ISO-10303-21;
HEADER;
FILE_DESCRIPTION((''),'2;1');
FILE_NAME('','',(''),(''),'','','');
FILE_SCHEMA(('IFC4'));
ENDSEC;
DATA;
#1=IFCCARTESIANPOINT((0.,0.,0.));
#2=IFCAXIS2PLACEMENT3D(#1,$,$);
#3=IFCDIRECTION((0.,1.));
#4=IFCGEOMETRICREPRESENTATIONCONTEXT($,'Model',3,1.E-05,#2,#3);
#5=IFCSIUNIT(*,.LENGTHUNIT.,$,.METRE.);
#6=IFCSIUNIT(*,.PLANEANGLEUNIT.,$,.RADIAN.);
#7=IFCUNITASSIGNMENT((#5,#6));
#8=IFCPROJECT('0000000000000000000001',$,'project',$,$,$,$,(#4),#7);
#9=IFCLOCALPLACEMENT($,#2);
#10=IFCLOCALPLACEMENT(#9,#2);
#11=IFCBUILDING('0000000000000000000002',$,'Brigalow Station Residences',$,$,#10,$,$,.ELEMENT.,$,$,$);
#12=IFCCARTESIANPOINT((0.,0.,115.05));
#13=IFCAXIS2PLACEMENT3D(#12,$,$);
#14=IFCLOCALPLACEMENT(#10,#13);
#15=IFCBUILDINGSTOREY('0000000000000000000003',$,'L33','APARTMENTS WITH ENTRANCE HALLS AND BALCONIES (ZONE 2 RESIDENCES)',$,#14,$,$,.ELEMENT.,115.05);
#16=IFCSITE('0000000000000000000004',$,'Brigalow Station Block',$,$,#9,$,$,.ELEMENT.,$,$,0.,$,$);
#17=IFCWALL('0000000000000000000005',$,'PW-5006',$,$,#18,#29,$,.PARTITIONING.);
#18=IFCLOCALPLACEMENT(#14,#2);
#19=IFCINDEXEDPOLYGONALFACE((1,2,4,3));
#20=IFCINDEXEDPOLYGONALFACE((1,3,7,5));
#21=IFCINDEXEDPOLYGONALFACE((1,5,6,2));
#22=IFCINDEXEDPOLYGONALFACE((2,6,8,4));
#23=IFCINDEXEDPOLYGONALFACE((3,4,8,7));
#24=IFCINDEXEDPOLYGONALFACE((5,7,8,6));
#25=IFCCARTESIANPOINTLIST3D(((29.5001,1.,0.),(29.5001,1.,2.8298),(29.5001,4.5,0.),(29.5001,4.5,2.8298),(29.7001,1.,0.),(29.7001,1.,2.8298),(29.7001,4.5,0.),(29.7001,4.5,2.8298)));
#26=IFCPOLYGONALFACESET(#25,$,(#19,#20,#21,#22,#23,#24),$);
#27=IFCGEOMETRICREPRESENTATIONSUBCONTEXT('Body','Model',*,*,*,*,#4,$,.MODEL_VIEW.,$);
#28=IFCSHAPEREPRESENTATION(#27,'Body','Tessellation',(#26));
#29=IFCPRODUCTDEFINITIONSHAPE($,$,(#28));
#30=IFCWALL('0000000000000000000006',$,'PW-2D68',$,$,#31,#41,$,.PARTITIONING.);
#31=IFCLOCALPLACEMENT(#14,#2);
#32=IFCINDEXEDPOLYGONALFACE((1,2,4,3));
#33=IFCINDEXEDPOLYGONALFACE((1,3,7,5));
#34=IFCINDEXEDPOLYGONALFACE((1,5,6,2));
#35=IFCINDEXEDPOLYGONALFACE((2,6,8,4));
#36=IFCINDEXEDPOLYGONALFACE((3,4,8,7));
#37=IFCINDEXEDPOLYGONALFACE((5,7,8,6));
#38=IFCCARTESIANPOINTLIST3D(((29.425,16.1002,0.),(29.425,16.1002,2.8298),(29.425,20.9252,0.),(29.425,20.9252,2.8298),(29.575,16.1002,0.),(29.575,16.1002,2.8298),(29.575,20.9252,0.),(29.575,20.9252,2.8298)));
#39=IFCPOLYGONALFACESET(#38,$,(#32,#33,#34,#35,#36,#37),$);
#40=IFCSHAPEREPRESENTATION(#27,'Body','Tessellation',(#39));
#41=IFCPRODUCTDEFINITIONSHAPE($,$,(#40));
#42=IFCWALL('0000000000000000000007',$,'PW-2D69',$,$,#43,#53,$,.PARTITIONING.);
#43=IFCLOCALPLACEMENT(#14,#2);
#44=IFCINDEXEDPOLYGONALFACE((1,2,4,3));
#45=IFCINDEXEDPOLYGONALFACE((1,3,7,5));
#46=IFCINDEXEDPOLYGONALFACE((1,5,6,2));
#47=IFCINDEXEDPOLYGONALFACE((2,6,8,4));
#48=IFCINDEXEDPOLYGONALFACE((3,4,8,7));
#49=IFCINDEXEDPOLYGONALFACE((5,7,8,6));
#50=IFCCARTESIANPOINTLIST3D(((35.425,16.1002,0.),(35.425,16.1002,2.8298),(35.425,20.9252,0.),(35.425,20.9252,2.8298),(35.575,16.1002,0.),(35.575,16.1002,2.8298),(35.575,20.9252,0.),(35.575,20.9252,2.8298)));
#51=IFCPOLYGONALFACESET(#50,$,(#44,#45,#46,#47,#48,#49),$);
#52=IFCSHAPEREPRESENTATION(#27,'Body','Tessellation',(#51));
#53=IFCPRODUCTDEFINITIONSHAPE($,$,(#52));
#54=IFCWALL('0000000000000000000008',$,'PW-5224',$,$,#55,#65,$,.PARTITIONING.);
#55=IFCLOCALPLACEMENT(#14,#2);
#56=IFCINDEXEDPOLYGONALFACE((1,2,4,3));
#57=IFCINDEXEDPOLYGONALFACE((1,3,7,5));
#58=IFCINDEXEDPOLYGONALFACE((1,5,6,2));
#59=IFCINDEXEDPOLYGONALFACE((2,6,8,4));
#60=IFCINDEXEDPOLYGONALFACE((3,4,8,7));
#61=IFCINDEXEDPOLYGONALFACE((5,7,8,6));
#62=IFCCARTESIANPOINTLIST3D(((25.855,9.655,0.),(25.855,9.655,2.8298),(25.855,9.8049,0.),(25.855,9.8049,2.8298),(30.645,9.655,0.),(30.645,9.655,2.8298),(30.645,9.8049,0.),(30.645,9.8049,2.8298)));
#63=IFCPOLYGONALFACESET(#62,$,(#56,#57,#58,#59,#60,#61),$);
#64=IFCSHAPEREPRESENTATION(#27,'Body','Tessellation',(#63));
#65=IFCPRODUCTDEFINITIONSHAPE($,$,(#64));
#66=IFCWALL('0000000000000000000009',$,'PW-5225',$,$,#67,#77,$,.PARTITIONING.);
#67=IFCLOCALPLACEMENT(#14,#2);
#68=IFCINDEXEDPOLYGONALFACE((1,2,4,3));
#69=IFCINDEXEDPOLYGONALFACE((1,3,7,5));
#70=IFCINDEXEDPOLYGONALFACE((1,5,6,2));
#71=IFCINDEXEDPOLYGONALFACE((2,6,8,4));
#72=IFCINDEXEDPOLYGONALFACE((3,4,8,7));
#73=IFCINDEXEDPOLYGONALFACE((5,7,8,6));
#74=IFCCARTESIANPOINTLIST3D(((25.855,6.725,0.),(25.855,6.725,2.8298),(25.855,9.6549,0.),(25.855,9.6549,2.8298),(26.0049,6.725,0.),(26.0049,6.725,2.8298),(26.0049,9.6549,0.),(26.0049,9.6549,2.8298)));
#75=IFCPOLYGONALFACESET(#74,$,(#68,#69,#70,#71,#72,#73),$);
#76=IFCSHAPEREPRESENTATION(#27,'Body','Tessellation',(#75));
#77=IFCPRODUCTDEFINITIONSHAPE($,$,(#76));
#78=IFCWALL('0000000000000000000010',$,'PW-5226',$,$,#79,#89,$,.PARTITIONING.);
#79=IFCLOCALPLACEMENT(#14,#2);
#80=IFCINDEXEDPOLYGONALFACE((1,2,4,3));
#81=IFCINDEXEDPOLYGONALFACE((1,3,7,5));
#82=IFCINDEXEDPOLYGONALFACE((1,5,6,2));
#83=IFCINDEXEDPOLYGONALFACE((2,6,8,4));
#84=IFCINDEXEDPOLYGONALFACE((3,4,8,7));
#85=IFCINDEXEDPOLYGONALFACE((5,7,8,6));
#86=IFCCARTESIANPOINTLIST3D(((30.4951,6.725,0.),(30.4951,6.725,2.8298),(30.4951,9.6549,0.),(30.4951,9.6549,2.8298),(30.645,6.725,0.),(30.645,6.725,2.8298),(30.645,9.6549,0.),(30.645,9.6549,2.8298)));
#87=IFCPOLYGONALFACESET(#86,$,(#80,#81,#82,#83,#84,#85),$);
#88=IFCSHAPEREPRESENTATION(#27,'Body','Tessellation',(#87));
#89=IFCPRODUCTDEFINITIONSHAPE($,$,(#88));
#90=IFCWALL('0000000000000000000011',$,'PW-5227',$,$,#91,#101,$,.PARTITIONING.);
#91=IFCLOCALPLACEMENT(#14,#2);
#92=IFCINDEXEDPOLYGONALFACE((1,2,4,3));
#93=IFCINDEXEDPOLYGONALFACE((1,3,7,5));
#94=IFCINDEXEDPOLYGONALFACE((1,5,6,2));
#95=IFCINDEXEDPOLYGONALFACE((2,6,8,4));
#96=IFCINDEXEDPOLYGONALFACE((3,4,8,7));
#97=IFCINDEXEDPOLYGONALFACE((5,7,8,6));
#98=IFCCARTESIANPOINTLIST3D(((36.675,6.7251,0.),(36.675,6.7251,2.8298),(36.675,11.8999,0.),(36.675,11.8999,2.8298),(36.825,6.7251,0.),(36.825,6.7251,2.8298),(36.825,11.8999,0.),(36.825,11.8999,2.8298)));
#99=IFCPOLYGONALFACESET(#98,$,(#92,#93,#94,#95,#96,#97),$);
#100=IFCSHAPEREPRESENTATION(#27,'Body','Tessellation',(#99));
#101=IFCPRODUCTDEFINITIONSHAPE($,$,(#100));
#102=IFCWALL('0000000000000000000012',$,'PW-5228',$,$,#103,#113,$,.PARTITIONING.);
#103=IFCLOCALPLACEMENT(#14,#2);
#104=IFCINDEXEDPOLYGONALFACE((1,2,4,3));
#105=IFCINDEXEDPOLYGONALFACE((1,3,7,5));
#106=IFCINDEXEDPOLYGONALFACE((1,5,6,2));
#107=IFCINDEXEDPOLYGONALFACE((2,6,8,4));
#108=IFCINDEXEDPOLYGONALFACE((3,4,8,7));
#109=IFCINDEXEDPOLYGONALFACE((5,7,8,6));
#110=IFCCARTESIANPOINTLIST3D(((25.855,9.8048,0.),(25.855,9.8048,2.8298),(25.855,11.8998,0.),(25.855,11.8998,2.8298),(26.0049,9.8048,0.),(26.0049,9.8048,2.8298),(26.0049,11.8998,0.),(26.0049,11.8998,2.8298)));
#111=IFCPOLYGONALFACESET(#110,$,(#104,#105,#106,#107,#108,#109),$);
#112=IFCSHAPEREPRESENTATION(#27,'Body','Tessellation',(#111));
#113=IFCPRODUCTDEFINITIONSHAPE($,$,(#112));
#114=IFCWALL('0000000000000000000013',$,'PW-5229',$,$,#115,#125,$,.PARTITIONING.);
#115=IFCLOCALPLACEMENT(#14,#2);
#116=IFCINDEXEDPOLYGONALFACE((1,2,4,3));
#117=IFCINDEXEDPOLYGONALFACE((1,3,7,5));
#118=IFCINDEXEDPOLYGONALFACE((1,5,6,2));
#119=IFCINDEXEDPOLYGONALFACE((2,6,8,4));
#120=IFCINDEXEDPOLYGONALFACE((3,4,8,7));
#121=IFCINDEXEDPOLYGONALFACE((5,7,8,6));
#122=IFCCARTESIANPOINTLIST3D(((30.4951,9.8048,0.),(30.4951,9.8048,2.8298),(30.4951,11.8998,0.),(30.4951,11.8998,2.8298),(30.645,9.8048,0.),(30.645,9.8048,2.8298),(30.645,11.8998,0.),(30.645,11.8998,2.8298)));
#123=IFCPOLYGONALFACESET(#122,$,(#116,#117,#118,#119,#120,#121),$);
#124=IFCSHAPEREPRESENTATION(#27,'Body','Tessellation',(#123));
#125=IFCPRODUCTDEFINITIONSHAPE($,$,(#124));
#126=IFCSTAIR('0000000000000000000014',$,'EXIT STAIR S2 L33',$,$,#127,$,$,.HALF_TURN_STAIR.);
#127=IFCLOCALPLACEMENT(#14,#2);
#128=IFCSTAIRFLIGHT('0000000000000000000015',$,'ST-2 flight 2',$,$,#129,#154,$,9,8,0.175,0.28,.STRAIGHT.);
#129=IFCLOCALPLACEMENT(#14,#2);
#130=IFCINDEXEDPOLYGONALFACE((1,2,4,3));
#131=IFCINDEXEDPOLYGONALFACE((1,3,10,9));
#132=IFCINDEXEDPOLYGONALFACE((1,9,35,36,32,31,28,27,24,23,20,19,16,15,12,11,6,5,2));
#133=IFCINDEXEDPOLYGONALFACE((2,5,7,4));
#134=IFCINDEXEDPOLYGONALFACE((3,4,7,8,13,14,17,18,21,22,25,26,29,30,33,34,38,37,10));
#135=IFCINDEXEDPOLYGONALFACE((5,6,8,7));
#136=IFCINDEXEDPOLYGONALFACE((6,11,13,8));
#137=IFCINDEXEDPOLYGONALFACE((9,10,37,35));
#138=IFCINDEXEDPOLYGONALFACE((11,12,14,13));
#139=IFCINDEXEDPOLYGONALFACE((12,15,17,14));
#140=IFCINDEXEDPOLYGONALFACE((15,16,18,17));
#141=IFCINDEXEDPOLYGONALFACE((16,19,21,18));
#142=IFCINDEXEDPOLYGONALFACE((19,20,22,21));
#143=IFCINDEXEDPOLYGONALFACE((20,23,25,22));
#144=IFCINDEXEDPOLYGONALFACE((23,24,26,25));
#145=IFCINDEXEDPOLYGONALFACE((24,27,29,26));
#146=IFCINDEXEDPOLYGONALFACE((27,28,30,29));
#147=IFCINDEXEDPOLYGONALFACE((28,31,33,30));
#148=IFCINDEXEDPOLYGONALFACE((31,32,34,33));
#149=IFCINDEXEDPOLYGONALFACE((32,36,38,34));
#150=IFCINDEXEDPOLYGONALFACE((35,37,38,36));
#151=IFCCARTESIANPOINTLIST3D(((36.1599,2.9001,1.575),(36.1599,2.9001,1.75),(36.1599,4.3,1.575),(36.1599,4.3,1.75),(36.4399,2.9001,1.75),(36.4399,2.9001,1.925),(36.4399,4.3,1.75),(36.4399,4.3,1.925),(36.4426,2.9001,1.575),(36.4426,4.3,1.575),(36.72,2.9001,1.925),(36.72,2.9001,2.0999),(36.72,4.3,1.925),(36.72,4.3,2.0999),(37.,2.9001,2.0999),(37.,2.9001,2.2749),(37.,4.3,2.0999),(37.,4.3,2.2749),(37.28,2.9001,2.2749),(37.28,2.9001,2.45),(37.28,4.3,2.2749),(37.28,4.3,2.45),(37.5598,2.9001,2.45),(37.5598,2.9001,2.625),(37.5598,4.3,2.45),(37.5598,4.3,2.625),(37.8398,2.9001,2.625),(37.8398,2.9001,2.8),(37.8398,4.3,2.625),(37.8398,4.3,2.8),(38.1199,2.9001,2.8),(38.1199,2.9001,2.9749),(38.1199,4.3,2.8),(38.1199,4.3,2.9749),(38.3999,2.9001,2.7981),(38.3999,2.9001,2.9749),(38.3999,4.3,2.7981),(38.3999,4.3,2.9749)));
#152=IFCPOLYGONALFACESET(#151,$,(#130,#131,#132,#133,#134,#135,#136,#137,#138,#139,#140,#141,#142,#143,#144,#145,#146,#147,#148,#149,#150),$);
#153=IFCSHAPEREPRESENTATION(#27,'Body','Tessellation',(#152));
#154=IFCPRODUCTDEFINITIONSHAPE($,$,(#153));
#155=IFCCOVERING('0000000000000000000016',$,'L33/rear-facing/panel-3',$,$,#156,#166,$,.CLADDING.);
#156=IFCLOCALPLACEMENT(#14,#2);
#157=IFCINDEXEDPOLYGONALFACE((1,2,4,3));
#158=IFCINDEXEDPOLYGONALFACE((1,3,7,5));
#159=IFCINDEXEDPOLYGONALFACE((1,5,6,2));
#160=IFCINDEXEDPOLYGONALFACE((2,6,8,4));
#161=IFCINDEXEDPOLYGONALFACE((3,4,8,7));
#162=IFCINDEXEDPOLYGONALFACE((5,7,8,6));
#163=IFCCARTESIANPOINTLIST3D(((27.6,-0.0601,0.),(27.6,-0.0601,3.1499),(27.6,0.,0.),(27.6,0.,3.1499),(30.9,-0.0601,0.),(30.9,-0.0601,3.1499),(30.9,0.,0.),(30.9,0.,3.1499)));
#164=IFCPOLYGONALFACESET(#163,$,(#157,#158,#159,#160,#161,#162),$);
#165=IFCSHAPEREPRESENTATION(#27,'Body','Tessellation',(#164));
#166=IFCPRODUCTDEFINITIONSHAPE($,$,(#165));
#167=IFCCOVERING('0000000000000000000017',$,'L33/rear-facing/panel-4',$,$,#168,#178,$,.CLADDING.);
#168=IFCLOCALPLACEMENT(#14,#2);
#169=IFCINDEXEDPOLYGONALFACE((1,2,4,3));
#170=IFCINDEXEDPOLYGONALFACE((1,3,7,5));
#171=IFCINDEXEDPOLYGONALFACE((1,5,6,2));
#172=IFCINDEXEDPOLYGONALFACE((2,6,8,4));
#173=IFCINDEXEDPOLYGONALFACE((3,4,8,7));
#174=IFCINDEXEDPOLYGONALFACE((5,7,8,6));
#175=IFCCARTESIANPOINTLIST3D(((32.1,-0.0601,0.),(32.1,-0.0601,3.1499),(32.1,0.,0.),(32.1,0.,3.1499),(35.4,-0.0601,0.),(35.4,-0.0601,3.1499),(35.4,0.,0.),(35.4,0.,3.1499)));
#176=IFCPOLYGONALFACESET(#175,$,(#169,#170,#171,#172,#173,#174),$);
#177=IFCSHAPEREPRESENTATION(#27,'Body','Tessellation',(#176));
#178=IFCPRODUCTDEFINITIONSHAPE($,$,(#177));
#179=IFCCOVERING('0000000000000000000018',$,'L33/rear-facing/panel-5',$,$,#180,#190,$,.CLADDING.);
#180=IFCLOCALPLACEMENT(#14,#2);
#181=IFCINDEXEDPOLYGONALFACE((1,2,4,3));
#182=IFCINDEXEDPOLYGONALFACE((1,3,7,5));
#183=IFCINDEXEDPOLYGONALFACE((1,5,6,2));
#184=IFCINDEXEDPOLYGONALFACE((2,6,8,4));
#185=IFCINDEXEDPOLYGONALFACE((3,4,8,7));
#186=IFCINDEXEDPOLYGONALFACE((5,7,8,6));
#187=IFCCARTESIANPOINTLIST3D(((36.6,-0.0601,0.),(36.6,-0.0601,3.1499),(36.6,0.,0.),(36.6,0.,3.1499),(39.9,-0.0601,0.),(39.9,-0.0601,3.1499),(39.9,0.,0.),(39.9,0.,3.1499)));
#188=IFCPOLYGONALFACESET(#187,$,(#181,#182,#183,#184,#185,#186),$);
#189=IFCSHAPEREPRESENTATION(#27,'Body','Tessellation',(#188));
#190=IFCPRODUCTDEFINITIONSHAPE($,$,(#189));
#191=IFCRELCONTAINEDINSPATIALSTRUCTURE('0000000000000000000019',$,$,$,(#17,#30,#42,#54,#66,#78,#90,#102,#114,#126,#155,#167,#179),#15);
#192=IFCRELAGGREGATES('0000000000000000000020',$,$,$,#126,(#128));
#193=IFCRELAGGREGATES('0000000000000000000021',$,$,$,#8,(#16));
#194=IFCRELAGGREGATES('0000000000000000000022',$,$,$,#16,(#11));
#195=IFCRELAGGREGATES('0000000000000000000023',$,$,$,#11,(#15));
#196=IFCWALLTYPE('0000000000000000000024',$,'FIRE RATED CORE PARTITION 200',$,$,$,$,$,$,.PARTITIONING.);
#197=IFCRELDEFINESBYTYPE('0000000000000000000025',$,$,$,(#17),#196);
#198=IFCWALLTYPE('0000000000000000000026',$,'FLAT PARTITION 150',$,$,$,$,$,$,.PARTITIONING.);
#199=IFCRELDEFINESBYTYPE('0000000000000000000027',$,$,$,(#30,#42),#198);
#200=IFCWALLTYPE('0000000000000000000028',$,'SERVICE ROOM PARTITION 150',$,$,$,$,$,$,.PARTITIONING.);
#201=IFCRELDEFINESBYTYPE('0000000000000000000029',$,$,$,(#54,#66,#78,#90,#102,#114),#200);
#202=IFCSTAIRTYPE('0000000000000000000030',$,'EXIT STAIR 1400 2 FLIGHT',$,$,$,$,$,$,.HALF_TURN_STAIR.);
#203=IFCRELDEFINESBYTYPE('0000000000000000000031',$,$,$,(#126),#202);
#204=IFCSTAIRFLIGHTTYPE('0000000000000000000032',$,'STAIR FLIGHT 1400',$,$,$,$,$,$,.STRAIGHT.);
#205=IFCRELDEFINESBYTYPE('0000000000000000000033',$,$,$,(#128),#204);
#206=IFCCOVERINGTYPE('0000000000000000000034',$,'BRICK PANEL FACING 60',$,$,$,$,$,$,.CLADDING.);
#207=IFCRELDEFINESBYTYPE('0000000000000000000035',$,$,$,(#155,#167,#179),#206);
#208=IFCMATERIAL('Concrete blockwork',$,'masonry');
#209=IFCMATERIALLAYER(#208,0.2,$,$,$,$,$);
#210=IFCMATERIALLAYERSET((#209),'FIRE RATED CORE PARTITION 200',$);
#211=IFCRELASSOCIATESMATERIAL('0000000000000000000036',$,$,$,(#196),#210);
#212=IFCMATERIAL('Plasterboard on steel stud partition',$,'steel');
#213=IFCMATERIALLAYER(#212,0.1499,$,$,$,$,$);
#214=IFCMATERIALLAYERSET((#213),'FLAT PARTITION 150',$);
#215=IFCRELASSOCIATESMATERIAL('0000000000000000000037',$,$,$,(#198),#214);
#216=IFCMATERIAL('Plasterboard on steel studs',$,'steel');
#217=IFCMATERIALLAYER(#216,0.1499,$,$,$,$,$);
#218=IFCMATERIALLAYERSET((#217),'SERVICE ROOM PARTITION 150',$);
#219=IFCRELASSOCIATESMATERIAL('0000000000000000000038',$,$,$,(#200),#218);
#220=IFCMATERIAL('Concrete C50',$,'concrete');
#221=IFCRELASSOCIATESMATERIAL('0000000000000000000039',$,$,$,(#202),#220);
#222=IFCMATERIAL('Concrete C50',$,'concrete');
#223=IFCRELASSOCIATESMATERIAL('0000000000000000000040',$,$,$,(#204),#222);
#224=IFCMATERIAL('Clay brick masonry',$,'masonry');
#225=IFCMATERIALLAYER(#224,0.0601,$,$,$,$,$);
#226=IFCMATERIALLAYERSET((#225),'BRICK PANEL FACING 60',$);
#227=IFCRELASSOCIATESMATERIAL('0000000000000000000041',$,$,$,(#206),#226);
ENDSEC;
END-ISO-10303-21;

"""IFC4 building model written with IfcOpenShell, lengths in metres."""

from ifc_helpers import new_model, si_unit, direction, frame, frame_2d, origin, origin_2d, place, context, subcontext, project, spatial, polyline, rectangle, outline, extrude, material, layer, layer_set, type_object, element, aggregate, save


model = new_model("IFC4")

# Units and contexts
model_context = context("Model", 3, precision=1e-05, world=origin(), true_north=direction((0.0, 1.0)))
body_context = subcontext(model_context, "Body", "Model", "MODEL_VIEW")
ifc_project = project(units=[si_unit("LENGTHUNIT", "METRE"), si_unit("PLANEANGLEUNIT", "RADIAN")], contexts=[model_context])

# Site, building, storey
site_placement = place(None, origin())
site = spatial("IfcSite", under=ifc_project, at=site_placement, Name="Brigalow Station Block", CompositionType="ELEMENT", RefElevation=0.0)
building_placement = place(site_placement, origin())
building = spatial("IfcBuilding", under=site, at=building_placement, Name="Brigalow Station Residences", CompositionType="ELEMENT")
storey_placement = place(building_placement, frame((0.0, 0.0, 115.05)))
storey = spatial("IfcBuildingStorey", under=building, at=storey_placement, Name="L33", Description="APARTMENTS WITH ENTRANCE HALLS AND BALCONIES (ZONE 2 RESIDENCES)", CompositionType="ELEMENT", Elevation=115.05)

# Shared definitions
ifc_material_1 = material(Name="Concrete blockwork", Category="masonry")
ifc_layer_1 = layer(ifc_material_1, 0.2)
ifc_layer_set_1 = layer_set([ifc_layer_1], Name="FIRE RATED CORE PARTITION 200")
wall_type_1 = type_object("IfcWallType", Name="FIRE RATED CORE PARTITION 200", PredefinedType="PARTITIONING", material=ifc_layer_set_1)

# Walls
wall_1_placement = place(storey_placement, frame((29.6001, 1.0, 0.0), z_axis=(0.0, 0.0, 1.0), x_axis=(0.0, 1.0, 0.0)))
element("IfcWall", 1, at=wall_1_placement, inside=storey, type_object=wall_type_1, Name="PW-5006", PredefinedType="PARTITIONING", context=body_context, shape_type="SweptSolid", body=[
    extrude(rectangle(XDim=3.5, YDim=0.2, at=frame_2d((1.75, 0.0))), origin(), (0.0, 0.0, 1.0), 2.8298),
])
ifc_material_2 = material(Name="Plasterboard on steel stud partition", Category="steel")
ifc_layer_2 = layer(ifc_material_2, 0.1499)
ifc_layer_set_2 = layer_set([ifc_layer_2], Name="FLAT PARTITION 150")
wall_type_2 = type_object("IfcWallType", Name="FLAT PARTITION 150", PredefinedType="PARTITIONING", material=ifc_layer_set_2)
for number, where, z_axis, x_axis, name in (
    (2, (29.5, 16.1001, 0.0), (0.0, 0.0, 1.0), (0.0, 1.0, 0.0), "PW-2D68"),
    (3, (35.5, 16.1001, 0.0), (0.0, 0.0, 1.0), (0.0, 1.0, 0.0), "PW-2D69"),
):
    element("IfcWall", number, at=place(storey_placement, frame(where, z_axis=z_axis, x_axis=x_axis)), inside=storey, type_object=wall_type_2, Name=name, PredefinedType="PARTITIONING", context=body_context, shape_type="SweptSolid", body=[
        extrude(rectangle(XDim=4.825, YDim=0.1499, at=frame_2d((2.4126, 0.0))), origin(), (0.0, 0.0, 1.0), 2.8298),
    ])
ifc_material_3 = material(Name="Plasterboard on steel studs", Category="steel")
ifc_layer_3 = layer(ifc_material_3, 0.1499)
ifc_layer_set_3 = layer_set([ifc_layer_3], Name="SERVICE ROOM PARTITION 150")
wall_type_3 = type_object("IfcWallType", Name="SERVICE ROOM PARTITION 150", PredefinedType="PARTITIONING", material=ifc_layer_set_3)
wall_2_placement = place(storey_placement, frame((25.855, 9.73, 0.0), z_axis=(0.0, 0.0, 1.0), x_axis=(1.0, 0.0, 0.0)))
element("IfcWall", 4, at=wall_2_placement, inside=storey, type_object=wall_type_3, Name="PW-5224", PredefinedType="PARTITIONING", context=body_context, shape_type="SweptSolid", body=[
    extrude(rectangle(XDim=4.79, YDim=0.1499, at=frame_2d((2.395, 0.0))), origin(), (0.0, 0.0, 1.0), 2.8298),
])
for number, where, z_axis, x_axis, name in (
    (5, (25.9299, 6.7251, 0.0), (0.0, 0.0, 1.0), (0.0, 1.0, 0.0), "PW-5225"),
    (6, (30.5701, 6.7251, 0.0), (0.0, 0.0, 1.0), (0.0, 1.0, 0.0), "PW-5226"),
):
    element("IfcWall", number, at=place(storey_placement, frame(where, z_axis=z_axis, x_axis=x_axis)), inside=storey, type_object=wall_type_3, Name=name, PredefinedType="PARTITIONING", context=body_context, shape_type="SweptSolid", body=[
        extrude(rectangle(XDim=2.9299, YDim=0.1499, at=frame_2d((1.4648, 0.0))), origin(), (0.0, 0.0, 1.0), 2.8298),
    ])
wall_3_placement = place(storey_placement, frame((36.75, 6.7251, 0.0), z_axis=(0.0, 0.0, 1.0), x_axis=(0.0, 1.0, 0.0)))
element("IfcWall", 7, at=wall_3_placement, inside=storey, type_object=wall_type_3, Name="PW-5227", PredefinedType="PARTITIONING", context=body_context, shape_type="SweptSolid", body=[
    extrude(rectangle(XDim=5.1748, YDim=0.1499, at=frame_2d((2.5874, 0.0))), origin(), (0.0, 0.0, 1.0), 2.8298),
])
for number, where, z_axis, x_axis, name in (
    (8, (25.9299, 9.8049, 0.0), (0.0, 0.0, 1.0), (0.0, 1.0, 0.0), "PW-5228"),
    (9, (30.5701, 9.8049, 0.0), (0.0, 0.0, 1.0), (0.0, 1.0, 0.0), "PW-5229"),
):
    element("IfcWall", number, at=place(storey_placement, frame(where, z_axis=z_axis, x_axis=x_axis)), inside=storey, type_object=wall_type_3, Name=name, PredefinedType="PARTITIONING", context=body_context, shape_type="SweptSolid", body=[
        extrude(rectangle(XDim=2.095, YDim=0.1499, at=frame_2d((1.0474, 0.0))), origin(), (0.0, 0.0, 1.0), 2.8298),
    ])

# Stair, stair flight
ifc_material_4 = material(Name="Concrete C50", Category="concrete")
stair_type = type_object("IfcStairType", Name="EXIT STAIR 1400 2 FLIGHT", PredefinedType="HALF_TURN_STAIR", material=ifc_material_4)
stair_placement = place(storey_placement, origin())
stair = element("IfcStair", 10, at=stair_placement, inside=storey, type_object=stair_type, Name="EXIT STAIR S2 L33", PredefinedType="HALF_TURN_STAIR")
ifc_material_5 = material(Name="Concrete C50", Category="concrete")
stair_flight_type = type_object("IfcStairFlightType", Name="STAIR FLIGHT 1400", PredefinedType="STRAIGHT", material=ifc_material_5)
stair_flight_placement = place(storey_placement, frame((36.1599, 3.6001, 1.575), z_axis=(0.0, 0.0, 1.0), x_axis=(1.0, 0.0, 0.0)))
stair_flight = element("IfcStairFlight", 11, at=stair_flight_placement, type_object=stair_flight_type, Name="ST-2 flight 2", NumberOfRisers=9, NumberOfTreads=8, PredefinedType="STRAIGHT", RiserHeight=0.175, TreadLength=0.28, context=body_context, shape_type="SweptSolid", body=[
    extrude(outline(polyline([(0.0, 0.0), (0.0, 0.175), (0.28, 0.175), (0.28, 0.3501), (0.5601, 0.3501), (0.5601, 0.5249), (0.8401, 0.5249), (0.8401, 0.7), (1.1201, 0.7), (1.1201, 0.875), (1.3999, 0.875), (1.3999, 1.05), (1.6799, 1.05), (1.6799, 1.2251), (1.96, 1.2251), (1.96, 1.3999), (2.24, 1.3999), (2.24, 1.575), (2.24, 1.2231), (0.2827, 0.0), (0.0, 0.0)])), frame((0.0, 0.7, 0.0), z_axis=(0.0, -1.0, 0.0), x_axis=(1.0, 0.0, 0.0)), (0.0, 0.0, 1.0), 1.3999),
])
aggregate(stair, [stair_flight])

# Coverings
ifc_material_6 = material(Name="Clay brick masonry", Category="masonry")
ifc_layer_4 = layer(ifc_material_6, 0.0601)
ifc_layer_set_4 = layer_set([ifc_layer_4], Name="BRICK PANEL FACING 60")
covering_type_1 = type_object("IfcCoveringType", Name="BRICK PANEL FACING 60", PredefinedType="CLADDING", material=ifc_layer_set_4)
for number, where, z_axis, x_axis, name in (
    (12, (29.25, -0.03, 0.0), (0.0, 0.0, 1.0), (1.0, 0.0, 0.0), "L33/rear-facing/panel-3"),
    (13, (33.75, -0.03, 0.0), (0.0, 0.0, 1.0), (1.0, 0.0, 0.0), "L33/rear-facing/panel-4"),
    (14, (38.25, -0.03, 0.0), (0.0, 0.0, 1.0), (1.0, 0.0, 0.0), "L33/rear-facing/panel-5"),
):
    element("IfcCovering", number, at=place(storey_placement, frame(where, z_axis=z_axis, x_axis=x_axis)), inside=storey, type_object=covering_type_1, Name=name, PredefinedType="CLADDING", context=body_context, shape_type="SweptSolid", body=[
        extrude(rectangle(XDim=3.3, YDim=0.0601, at=origin_2d()), origin(), (0.0, 0.0, 1.0), 3.1499),
    ])

save(model, "model.ifc")
